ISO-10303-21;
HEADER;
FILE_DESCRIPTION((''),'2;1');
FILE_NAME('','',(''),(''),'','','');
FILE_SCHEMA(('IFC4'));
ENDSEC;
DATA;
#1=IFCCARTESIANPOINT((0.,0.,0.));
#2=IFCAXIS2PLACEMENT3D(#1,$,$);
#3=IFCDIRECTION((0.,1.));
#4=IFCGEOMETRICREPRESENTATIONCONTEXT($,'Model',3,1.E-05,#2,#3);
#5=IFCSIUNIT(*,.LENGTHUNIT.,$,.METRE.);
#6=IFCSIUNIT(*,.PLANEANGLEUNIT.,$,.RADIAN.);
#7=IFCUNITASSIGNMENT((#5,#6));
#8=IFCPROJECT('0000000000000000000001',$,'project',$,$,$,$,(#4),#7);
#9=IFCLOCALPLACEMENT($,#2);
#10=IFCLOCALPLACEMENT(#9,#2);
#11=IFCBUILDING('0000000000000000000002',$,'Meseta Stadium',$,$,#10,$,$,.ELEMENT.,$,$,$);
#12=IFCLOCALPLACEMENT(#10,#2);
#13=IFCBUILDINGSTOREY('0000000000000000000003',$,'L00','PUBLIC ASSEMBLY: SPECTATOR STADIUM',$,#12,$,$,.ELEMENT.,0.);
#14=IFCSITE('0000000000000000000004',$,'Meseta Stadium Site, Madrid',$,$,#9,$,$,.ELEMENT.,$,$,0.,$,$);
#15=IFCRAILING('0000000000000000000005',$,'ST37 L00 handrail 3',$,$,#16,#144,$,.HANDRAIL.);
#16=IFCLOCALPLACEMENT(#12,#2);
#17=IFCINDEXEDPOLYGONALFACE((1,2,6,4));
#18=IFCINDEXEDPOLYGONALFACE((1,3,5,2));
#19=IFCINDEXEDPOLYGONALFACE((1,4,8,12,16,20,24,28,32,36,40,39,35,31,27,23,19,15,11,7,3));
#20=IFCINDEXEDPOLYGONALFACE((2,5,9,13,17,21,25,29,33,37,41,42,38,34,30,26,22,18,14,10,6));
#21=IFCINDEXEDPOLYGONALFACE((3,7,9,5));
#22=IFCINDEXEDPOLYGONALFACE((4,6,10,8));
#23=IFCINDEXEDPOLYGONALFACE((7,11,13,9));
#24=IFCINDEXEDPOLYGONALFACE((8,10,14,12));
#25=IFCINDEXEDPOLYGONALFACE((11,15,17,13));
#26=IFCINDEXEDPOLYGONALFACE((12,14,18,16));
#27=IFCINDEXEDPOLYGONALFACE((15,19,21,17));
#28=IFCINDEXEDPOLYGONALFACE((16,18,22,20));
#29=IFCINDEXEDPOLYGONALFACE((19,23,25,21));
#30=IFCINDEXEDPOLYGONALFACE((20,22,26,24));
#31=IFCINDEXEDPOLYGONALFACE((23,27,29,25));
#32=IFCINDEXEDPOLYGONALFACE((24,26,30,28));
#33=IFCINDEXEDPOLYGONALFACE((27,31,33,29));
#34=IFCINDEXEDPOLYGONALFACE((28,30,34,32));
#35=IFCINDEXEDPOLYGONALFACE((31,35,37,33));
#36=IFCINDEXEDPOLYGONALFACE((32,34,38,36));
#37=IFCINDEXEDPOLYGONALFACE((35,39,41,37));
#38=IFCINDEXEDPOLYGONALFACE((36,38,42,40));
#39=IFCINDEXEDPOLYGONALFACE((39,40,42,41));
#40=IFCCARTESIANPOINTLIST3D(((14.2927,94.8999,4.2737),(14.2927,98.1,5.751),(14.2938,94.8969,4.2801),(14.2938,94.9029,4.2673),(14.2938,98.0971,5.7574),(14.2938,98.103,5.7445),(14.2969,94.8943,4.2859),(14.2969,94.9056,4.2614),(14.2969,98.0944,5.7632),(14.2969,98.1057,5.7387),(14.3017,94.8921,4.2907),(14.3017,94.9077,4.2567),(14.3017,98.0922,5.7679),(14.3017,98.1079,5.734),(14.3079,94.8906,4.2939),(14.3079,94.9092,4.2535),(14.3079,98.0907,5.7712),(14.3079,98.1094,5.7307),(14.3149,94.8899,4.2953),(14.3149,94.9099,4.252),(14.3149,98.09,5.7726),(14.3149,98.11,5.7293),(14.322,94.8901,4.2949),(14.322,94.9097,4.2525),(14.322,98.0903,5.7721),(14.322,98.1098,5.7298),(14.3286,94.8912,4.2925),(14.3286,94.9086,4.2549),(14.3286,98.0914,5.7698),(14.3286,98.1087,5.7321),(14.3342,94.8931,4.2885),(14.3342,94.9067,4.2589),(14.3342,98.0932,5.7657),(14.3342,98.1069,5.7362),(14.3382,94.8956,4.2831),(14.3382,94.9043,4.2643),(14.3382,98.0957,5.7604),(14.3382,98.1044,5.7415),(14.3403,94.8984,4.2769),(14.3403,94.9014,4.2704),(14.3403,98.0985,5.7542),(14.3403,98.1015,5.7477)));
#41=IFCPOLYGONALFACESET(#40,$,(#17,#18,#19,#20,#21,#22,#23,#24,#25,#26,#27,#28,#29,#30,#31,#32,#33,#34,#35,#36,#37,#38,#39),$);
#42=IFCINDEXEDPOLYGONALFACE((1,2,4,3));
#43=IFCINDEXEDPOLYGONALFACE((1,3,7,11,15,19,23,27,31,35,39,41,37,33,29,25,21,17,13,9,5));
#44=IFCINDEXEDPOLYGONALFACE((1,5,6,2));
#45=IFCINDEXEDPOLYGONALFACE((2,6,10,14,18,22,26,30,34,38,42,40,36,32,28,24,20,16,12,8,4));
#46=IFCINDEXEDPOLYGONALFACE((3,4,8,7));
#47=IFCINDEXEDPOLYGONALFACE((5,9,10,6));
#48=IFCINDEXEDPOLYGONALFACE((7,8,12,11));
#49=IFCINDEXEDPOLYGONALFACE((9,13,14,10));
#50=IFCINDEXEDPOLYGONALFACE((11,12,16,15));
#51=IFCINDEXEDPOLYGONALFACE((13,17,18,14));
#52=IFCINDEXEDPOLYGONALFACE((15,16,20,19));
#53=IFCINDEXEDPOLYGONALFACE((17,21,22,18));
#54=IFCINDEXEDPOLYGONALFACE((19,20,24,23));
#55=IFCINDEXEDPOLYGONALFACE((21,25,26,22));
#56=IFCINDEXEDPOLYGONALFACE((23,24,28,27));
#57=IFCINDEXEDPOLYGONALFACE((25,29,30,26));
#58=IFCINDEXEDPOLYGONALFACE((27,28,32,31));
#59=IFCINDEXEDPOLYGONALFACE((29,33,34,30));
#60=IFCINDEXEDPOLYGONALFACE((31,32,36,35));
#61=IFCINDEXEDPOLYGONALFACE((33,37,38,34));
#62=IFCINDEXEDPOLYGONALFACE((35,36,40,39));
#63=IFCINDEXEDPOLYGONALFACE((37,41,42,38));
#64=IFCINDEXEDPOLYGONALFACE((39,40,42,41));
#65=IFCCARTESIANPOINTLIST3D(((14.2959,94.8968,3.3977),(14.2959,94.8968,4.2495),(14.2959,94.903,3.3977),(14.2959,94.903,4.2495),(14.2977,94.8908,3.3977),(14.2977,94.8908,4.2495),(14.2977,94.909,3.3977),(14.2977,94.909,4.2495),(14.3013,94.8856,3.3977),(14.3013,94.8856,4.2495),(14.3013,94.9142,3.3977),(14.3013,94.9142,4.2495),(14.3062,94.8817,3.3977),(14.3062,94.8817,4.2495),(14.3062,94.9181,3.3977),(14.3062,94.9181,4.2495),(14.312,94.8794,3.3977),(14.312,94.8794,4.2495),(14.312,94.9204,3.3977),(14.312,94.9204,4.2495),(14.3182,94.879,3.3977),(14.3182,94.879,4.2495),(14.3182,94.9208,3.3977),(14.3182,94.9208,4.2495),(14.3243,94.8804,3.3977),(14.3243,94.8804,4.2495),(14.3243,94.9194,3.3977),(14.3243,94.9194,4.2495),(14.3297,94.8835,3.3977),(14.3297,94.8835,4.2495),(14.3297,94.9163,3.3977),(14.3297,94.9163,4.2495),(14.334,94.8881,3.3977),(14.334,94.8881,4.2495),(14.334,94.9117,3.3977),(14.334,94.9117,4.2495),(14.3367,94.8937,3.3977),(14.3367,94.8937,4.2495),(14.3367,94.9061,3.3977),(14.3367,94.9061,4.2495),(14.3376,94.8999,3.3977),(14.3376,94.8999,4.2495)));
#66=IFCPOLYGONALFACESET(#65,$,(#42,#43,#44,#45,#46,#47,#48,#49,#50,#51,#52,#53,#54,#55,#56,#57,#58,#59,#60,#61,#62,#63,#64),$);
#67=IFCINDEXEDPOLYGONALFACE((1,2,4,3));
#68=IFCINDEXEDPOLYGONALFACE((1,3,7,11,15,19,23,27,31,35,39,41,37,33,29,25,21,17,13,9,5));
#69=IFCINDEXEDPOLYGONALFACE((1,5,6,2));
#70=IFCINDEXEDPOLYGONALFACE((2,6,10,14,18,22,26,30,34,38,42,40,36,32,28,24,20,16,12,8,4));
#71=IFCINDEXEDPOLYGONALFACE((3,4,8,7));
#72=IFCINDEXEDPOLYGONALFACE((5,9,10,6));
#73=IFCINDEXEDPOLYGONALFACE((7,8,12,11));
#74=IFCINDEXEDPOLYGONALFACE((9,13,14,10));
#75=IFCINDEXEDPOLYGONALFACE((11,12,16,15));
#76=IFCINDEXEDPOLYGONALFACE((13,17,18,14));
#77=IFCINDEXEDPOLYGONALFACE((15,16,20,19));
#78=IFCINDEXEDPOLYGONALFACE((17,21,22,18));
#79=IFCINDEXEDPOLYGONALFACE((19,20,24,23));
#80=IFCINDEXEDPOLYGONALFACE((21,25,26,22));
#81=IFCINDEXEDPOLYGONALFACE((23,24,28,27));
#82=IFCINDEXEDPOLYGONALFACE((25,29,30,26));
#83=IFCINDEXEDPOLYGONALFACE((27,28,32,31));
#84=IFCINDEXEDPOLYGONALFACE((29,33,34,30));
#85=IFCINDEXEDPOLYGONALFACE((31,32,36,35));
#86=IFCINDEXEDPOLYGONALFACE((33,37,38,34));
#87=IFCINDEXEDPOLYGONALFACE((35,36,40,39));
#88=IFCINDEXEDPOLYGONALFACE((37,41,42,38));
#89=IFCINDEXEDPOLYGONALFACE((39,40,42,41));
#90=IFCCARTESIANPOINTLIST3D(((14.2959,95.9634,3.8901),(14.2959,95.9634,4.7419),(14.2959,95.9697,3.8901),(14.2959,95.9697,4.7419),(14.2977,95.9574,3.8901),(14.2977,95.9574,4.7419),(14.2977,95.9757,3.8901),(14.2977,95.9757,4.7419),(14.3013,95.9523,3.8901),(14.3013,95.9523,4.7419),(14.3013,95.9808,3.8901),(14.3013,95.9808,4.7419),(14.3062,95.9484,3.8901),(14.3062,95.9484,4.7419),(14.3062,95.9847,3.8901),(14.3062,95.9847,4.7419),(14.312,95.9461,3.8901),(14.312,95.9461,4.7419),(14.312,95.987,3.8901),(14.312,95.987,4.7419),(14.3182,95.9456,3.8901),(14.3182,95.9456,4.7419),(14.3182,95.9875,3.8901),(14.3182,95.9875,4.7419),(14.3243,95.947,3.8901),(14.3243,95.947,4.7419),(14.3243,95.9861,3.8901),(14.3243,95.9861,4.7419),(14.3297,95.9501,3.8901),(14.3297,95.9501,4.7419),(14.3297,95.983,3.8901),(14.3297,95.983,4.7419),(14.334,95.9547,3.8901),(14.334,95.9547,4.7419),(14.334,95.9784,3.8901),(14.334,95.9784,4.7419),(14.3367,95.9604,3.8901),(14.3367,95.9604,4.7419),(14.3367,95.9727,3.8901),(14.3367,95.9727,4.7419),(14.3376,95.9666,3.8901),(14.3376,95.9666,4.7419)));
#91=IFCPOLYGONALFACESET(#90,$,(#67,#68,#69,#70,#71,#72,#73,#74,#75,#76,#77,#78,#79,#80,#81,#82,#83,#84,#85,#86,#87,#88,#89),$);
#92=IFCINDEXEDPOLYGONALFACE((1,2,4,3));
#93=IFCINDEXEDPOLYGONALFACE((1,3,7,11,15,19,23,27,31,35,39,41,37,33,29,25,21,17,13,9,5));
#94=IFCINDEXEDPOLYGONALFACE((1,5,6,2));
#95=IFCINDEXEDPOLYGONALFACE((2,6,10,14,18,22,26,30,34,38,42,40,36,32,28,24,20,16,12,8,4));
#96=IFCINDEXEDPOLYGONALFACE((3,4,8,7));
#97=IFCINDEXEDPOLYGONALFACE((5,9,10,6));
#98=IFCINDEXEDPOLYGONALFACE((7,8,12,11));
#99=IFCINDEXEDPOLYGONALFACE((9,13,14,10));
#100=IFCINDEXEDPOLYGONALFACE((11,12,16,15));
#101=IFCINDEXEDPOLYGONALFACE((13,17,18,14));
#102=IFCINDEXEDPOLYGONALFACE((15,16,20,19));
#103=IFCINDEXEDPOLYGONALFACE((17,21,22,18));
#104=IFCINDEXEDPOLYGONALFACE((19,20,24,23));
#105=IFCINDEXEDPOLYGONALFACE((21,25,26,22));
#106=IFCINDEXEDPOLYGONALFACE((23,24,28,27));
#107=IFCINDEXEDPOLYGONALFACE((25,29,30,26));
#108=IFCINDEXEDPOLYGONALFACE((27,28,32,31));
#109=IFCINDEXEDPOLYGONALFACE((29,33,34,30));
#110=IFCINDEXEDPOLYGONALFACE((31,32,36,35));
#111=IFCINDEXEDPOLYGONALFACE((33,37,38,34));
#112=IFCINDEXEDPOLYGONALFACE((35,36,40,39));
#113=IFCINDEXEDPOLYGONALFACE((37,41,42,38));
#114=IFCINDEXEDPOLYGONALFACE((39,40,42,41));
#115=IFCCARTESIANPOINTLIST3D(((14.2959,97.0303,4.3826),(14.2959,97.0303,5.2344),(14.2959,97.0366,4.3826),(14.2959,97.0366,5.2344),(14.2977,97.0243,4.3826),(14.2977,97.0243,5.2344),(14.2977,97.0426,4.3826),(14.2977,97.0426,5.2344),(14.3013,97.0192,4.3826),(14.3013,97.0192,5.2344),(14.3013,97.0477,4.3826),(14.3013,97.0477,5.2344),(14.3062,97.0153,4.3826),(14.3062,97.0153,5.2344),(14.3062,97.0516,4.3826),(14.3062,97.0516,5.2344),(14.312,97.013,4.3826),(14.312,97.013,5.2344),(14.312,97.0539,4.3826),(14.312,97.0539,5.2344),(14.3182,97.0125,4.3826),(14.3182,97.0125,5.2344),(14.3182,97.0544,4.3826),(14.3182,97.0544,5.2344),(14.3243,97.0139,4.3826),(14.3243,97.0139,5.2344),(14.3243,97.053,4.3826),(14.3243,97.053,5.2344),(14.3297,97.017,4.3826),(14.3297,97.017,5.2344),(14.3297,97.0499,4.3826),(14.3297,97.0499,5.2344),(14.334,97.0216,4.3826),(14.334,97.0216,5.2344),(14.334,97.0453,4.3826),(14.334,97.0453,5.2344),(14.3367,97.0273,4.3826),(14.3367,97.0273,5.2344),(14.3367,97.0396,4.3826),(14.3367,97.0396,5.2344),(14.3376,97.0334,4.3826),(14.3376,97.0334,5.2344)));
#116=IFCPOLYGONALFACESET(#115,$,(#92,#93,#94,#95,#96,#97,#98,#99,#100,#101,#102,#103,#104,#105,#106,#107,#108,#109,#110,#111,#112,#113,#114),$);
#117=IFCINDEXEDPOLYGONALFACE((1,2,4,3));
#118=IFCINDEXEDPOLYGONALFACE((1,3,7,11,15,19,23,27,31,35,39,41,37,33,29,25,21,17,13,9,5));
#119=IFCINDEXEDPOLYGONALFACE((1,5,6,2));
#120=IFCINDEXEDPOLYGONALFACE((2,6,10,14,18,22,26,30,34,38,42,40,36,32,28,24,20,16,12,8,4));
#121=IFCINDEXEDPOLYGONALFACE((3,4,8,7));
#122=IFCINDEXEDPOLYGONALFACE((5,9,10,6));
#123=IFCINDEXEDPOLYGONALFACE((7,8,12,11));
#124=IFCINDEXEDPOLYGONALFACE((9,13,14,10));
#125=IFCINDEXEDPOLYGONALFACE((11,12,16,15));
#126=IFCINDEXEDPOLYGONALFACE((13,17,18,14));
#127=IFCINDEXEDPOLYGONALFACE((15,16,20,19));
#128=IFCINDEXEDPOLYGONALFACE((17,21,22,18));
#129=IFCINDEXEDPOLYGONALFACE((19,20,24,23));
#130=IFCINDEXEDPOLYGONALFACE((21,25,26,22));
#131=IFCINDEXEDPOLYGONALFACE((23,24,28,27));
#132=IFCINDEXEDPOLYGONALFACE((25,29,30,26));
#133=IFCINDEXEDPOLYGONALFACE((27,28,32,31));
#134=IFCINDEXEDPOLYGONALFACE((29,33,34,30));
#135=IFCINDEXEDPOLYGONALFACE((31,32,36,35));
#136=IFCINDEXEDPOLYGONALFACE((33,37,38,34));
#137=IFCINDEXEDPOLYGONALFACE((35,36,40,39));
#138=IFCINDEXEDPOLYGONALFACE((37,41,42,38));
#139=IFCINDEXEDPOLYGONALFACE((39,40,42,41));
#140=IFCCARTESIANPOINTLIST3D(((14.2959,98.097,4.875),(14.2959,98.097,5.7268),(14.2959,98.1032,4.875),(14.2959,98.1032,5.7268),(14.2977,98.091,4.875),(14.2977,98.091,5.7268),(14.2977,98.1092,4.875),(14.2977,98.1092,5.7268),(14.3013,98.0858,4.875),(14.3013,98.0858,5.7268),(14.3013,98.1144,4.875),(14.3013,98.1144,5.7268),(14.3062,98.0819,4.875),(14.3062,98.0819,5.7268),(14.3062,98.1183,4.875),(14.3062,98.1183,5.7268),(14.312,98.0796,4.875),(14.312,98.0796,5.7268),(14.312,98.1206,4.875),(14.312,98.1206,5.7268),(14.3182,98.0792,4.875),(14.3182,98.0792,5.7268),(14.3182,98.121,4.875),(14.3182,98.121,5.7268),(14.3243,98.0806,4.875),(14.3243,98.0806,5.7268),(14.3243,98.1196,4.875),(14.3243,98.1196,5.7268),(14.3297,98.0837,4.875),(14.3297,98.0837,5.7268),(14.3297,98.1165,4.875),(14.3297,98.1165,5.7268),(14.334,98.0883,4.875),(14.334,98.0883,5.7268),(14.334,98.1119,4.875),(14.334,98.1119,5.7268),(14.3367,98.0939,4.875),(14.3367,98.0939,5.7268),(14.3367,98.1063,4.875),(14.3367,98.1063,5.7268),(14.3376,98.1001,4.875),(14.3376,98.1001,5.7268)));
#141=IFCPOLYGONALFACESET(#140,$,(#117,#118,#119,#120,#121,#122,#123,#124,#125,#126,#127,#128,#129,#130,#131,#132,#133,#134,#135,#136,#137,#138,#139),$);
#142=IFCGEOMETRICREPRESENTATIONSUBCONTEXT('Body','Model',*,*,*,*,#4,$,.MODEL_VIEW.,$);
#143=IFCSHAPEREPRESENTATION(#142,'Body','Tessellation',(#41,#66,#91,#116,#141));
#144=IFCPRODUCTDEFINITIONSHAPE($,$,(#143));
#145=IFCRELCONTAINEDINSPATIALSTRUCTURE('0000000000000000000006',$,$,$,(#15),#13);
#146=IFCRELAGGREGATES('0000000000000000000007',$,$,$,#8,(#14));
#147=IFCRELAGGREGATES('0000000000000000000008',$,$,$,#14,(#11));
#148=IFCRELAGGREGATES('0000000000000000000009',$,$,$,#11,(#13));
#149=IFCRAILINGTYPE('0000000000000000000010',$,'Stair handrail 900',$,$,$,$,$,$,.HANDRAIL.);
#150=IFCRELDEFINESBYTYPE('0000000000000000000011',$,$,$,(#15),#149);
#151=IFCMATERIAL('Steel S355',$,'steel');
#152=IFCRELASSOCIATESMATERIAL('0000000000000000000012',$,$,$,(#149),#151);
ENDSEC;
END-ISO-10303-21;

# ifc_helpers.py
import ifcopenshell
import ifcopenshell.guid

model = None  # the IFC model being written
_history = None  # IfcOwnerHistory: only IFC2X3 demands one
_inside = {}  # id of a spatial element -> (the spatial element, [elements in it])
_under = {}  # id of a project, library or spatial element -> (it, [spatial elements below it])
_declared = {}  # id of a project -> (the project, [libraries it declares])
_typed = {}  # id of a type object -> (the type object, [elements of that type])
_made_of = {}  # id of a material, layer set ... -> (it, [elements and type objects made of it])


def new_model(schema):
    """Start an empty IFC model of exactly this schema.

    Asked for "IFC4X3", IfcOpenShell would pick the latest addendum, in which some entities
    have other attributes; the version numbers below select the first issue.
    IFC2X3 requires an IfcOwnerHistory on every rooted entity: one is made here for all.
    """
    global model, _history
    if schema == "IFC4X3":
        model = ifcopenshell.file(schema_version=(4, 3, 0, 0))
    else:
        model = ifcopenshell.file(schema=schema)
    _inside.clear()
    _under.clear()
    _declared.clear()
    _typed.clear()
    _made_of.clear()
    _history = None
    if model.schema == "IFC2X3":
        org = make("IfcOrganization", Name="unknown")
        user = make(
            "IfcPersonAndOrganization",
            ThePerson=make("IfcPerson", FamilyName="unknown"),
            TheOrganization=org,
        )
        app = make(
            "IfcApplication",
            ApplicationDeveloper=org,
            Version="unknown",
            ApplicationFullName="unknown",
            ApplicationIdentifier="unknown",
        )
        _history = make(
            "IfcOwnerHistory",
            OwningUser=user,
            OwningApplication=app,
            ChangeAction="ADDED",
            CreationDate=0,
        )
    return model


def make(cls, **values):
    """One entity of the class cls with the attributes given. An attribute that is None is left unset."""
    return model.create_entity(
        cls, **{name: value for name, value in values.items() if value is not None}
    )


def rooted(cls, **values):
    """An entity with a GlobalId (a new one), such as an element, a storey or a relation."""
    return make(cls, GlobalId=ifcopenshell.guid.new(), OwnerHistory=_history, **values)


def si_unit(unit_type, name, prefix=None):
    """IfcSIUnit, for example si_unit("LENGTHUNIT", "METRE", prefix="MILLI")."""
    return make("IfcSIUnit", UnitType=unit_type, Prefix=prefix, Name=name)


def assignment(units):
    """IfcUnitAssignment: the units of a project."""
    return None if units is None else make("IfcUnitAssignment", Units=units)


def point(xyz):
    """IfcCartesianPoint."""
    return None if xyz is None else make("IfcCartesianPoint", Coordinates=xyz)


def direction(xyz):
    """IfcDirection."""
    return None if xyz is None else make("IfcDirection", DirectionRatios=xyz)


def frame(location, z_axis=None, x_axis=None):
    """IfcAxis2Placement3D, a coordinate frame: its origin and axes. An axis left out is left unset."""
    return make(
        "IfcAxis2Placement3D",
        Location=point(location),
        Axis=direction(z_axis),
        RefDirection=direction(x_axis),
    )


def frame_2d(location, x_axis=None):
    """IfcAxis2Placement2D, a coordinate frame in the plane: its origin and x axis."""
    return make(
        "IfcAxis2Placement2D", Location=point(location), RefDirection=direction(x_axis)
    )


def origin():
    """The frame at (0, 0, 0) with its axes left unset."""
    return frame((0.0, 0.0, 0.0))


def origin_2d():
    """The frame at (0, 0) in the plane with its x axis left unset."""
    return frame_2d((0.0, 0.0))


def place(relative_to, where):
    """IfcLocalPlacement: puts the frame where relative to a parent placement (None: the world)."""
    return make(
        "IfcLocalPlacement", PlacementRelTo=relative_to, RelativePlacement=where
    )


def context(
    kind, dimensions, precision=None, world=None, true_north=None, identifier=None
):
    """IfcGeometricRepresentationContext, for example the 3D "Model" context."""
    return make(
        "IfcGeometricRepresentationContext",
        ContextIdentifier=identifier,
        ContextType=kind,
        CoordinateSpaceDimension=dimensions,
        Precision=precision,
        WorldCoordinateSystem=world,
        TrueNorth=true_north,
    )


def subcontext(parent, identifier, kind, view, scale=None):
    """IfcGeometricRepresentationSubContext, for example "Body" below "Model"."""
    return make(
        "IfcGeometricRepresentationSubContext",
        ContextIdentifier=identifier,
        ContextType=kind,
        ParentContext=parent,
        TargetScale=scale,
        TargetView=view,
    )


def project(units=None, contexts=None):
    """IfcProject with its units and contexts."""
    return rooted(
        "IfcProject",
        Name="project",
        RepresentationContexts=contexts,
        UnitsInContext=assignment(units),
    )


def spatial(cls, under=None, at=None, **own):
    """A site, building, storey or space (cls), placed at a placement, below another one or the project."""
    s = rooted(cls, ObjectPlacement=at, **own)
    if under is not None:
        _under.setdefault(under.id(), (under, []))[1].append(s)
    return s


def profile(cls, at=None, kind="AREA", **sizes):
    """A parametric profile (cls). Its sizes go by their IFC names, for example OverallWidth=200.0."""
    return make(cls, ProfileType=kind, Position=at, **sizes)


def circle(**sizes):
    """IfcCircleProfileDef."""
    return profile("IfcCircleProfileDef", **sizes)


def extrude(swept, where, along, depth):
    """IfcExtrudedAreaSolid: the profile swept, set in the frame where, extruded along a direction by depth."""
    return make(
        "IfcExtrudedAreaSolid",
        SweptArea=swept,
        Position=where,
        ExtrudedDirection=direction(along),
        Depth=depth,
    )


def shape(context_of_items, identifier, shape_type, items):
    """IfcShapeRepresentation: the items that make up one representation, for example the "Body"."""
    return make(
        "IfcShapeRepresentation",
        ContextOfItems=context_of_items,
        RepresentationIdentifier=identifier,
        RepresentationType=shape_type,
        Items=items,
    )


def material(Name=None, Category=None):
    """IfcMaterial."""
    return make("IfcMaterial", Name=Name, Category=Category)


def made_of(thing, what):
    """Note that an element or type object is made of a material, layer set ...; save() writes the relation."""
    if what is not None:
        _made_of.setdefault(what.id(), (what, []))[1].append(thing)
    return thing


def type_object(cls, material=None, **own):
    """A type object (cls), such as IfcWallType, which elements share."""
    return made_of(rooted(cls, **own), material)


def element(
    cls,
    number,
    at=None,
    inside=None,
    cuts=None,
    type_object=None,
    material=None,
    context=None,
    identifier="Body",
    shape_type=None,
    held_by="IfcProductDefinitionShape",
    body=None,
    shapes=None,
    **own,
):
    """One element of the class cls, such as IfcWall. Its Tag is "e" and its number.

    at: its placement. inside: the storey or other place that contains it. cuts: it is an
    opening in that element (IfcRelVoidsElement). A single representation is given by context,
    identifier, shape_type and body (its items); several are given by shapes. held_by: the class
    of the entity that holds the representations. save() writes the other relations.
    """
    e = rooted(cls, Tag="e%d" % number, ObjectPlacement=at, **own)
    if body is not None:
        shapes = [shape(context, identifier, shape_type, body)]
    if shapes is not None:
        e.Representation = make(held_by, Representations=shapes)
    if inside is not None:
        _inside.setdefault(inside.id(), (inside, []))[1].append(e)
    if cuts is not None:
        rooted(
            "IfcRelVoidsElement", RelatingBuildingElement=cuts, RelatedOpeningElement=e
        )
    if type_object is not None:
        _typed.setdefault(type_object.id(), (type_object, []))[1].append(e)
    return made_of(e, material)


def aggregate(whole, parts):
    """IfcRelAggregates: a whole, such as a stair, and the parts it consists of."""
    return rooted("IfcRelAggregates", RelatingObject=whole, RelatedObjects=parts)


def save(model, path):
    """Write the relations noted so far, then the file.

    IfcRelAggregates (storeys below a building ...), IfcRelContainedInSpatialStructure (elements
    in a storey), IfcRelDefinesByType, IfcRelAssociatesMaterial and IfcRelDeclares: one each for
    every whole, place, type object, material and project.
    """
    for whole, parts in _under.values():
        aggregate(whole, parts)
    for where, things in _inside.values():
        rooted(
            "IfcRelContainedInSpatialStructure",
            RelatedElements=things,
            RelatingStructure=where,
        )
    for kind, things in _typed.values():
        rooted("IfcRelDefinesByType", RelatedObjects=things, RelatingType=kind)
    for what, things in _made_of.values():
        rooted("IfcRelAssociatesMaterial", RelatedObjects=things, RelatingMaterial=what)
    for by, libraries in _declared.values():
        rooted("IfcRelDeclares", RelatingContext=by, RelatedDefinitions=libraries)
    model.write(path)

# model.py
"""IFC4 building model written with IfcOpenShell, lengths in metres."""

from ifc_helpers import new_model, si_unit, direction, frame, origin, origin_2d, place, context, subcontext, project, spatial, circle, extrude, material, type_object, element, save


model = new_model("IFC4")

# Units and contexts
model_context = context("Model", 3, precision=1e-05, world=origin(), true_north=direction((0.0, 1.0)))
body_context = subcontext(model_context, "Body", "Model", "MODEL_VIEW")
ifc_project = project(units=[si_unit("LENGTHUNIT", "METRE"), si_unit("PLANEANGLEUNIT", "RADIAN")], contexts=[model_context])

# Site, building, storey
site_placement = place(None, origin())
site = spatial("IfcSite", under=ifc_project, at=site_placement, Name="Meseta Stadium Site, Madrid", CompositionType="ELEMENT", RefElevation=0.0)
building_placement = place(site_placement, origin())
building = spatial("IfcBuilding", under=site, at=building_placement, Name="Meseta Stadium", CompositionType="ELEMENT")
storey_placement = place(building_placement, origin())
storey = spatial("IfcBuildingStorey", under=building, at=storey_placement, Name="L00", Description="PUBLIC ASSEMBLY: SPECTATOR STADIUM", CompositionType="ELEMENT", Elevation=0.0)

# Railing
ifc_material_1 = material(Name="Steel S355", Category="steel")
railing_type_1 = type_object("IfcRailingType", Name="Stair handrail 900", PredefinedType="HANDRAIL", material=ifc_material_1)
railing_1_placement = place(storey_placement, frame((14.3167, 94.8999, 3.3977)))
element("IfcRailing", 1, at=railing_1_placement, inside=storey, type_object=railing_type_1, Name="ST37 L00 handrail 3", PredefinedType="HANDRAIL", context=body_context, shape_type="SweptSolid", body=[
    extrude(circle(Radius=0.0239, at=origin_2d()), frame((0.0, 0.0, 0.876), z_axis=(0.0, 0.907929, 0.419124), x_axis=(-1.0, 0.0, 0.0)), (0.0, 0.0, 1.0), 3.5247),
    extrude(circle(Radius=0.021, at=origin_2d()), origin(), (0.0, 0.0, 1.0), 0.8518),
    extrude(circle(Radius=0.021, at=origin_2d()), frame((0.0, 1.0667, 0.4924)), (0.0, 0.0, 1.0), 0.8518),
    extrude(circle(Radius=0.021, at=origin_2d()), frame((0.0, 2.1335, 0.9849)), (0.0, 0.0, 1.0), 0.8518),
    extrude(circle(Radius=0.021, at=origin_2d()), frame((0.0, 3.2002, 1.4773)), (0.0, 0.0, 1.0), 0.8518),
])

save(model, "model.ifc")
